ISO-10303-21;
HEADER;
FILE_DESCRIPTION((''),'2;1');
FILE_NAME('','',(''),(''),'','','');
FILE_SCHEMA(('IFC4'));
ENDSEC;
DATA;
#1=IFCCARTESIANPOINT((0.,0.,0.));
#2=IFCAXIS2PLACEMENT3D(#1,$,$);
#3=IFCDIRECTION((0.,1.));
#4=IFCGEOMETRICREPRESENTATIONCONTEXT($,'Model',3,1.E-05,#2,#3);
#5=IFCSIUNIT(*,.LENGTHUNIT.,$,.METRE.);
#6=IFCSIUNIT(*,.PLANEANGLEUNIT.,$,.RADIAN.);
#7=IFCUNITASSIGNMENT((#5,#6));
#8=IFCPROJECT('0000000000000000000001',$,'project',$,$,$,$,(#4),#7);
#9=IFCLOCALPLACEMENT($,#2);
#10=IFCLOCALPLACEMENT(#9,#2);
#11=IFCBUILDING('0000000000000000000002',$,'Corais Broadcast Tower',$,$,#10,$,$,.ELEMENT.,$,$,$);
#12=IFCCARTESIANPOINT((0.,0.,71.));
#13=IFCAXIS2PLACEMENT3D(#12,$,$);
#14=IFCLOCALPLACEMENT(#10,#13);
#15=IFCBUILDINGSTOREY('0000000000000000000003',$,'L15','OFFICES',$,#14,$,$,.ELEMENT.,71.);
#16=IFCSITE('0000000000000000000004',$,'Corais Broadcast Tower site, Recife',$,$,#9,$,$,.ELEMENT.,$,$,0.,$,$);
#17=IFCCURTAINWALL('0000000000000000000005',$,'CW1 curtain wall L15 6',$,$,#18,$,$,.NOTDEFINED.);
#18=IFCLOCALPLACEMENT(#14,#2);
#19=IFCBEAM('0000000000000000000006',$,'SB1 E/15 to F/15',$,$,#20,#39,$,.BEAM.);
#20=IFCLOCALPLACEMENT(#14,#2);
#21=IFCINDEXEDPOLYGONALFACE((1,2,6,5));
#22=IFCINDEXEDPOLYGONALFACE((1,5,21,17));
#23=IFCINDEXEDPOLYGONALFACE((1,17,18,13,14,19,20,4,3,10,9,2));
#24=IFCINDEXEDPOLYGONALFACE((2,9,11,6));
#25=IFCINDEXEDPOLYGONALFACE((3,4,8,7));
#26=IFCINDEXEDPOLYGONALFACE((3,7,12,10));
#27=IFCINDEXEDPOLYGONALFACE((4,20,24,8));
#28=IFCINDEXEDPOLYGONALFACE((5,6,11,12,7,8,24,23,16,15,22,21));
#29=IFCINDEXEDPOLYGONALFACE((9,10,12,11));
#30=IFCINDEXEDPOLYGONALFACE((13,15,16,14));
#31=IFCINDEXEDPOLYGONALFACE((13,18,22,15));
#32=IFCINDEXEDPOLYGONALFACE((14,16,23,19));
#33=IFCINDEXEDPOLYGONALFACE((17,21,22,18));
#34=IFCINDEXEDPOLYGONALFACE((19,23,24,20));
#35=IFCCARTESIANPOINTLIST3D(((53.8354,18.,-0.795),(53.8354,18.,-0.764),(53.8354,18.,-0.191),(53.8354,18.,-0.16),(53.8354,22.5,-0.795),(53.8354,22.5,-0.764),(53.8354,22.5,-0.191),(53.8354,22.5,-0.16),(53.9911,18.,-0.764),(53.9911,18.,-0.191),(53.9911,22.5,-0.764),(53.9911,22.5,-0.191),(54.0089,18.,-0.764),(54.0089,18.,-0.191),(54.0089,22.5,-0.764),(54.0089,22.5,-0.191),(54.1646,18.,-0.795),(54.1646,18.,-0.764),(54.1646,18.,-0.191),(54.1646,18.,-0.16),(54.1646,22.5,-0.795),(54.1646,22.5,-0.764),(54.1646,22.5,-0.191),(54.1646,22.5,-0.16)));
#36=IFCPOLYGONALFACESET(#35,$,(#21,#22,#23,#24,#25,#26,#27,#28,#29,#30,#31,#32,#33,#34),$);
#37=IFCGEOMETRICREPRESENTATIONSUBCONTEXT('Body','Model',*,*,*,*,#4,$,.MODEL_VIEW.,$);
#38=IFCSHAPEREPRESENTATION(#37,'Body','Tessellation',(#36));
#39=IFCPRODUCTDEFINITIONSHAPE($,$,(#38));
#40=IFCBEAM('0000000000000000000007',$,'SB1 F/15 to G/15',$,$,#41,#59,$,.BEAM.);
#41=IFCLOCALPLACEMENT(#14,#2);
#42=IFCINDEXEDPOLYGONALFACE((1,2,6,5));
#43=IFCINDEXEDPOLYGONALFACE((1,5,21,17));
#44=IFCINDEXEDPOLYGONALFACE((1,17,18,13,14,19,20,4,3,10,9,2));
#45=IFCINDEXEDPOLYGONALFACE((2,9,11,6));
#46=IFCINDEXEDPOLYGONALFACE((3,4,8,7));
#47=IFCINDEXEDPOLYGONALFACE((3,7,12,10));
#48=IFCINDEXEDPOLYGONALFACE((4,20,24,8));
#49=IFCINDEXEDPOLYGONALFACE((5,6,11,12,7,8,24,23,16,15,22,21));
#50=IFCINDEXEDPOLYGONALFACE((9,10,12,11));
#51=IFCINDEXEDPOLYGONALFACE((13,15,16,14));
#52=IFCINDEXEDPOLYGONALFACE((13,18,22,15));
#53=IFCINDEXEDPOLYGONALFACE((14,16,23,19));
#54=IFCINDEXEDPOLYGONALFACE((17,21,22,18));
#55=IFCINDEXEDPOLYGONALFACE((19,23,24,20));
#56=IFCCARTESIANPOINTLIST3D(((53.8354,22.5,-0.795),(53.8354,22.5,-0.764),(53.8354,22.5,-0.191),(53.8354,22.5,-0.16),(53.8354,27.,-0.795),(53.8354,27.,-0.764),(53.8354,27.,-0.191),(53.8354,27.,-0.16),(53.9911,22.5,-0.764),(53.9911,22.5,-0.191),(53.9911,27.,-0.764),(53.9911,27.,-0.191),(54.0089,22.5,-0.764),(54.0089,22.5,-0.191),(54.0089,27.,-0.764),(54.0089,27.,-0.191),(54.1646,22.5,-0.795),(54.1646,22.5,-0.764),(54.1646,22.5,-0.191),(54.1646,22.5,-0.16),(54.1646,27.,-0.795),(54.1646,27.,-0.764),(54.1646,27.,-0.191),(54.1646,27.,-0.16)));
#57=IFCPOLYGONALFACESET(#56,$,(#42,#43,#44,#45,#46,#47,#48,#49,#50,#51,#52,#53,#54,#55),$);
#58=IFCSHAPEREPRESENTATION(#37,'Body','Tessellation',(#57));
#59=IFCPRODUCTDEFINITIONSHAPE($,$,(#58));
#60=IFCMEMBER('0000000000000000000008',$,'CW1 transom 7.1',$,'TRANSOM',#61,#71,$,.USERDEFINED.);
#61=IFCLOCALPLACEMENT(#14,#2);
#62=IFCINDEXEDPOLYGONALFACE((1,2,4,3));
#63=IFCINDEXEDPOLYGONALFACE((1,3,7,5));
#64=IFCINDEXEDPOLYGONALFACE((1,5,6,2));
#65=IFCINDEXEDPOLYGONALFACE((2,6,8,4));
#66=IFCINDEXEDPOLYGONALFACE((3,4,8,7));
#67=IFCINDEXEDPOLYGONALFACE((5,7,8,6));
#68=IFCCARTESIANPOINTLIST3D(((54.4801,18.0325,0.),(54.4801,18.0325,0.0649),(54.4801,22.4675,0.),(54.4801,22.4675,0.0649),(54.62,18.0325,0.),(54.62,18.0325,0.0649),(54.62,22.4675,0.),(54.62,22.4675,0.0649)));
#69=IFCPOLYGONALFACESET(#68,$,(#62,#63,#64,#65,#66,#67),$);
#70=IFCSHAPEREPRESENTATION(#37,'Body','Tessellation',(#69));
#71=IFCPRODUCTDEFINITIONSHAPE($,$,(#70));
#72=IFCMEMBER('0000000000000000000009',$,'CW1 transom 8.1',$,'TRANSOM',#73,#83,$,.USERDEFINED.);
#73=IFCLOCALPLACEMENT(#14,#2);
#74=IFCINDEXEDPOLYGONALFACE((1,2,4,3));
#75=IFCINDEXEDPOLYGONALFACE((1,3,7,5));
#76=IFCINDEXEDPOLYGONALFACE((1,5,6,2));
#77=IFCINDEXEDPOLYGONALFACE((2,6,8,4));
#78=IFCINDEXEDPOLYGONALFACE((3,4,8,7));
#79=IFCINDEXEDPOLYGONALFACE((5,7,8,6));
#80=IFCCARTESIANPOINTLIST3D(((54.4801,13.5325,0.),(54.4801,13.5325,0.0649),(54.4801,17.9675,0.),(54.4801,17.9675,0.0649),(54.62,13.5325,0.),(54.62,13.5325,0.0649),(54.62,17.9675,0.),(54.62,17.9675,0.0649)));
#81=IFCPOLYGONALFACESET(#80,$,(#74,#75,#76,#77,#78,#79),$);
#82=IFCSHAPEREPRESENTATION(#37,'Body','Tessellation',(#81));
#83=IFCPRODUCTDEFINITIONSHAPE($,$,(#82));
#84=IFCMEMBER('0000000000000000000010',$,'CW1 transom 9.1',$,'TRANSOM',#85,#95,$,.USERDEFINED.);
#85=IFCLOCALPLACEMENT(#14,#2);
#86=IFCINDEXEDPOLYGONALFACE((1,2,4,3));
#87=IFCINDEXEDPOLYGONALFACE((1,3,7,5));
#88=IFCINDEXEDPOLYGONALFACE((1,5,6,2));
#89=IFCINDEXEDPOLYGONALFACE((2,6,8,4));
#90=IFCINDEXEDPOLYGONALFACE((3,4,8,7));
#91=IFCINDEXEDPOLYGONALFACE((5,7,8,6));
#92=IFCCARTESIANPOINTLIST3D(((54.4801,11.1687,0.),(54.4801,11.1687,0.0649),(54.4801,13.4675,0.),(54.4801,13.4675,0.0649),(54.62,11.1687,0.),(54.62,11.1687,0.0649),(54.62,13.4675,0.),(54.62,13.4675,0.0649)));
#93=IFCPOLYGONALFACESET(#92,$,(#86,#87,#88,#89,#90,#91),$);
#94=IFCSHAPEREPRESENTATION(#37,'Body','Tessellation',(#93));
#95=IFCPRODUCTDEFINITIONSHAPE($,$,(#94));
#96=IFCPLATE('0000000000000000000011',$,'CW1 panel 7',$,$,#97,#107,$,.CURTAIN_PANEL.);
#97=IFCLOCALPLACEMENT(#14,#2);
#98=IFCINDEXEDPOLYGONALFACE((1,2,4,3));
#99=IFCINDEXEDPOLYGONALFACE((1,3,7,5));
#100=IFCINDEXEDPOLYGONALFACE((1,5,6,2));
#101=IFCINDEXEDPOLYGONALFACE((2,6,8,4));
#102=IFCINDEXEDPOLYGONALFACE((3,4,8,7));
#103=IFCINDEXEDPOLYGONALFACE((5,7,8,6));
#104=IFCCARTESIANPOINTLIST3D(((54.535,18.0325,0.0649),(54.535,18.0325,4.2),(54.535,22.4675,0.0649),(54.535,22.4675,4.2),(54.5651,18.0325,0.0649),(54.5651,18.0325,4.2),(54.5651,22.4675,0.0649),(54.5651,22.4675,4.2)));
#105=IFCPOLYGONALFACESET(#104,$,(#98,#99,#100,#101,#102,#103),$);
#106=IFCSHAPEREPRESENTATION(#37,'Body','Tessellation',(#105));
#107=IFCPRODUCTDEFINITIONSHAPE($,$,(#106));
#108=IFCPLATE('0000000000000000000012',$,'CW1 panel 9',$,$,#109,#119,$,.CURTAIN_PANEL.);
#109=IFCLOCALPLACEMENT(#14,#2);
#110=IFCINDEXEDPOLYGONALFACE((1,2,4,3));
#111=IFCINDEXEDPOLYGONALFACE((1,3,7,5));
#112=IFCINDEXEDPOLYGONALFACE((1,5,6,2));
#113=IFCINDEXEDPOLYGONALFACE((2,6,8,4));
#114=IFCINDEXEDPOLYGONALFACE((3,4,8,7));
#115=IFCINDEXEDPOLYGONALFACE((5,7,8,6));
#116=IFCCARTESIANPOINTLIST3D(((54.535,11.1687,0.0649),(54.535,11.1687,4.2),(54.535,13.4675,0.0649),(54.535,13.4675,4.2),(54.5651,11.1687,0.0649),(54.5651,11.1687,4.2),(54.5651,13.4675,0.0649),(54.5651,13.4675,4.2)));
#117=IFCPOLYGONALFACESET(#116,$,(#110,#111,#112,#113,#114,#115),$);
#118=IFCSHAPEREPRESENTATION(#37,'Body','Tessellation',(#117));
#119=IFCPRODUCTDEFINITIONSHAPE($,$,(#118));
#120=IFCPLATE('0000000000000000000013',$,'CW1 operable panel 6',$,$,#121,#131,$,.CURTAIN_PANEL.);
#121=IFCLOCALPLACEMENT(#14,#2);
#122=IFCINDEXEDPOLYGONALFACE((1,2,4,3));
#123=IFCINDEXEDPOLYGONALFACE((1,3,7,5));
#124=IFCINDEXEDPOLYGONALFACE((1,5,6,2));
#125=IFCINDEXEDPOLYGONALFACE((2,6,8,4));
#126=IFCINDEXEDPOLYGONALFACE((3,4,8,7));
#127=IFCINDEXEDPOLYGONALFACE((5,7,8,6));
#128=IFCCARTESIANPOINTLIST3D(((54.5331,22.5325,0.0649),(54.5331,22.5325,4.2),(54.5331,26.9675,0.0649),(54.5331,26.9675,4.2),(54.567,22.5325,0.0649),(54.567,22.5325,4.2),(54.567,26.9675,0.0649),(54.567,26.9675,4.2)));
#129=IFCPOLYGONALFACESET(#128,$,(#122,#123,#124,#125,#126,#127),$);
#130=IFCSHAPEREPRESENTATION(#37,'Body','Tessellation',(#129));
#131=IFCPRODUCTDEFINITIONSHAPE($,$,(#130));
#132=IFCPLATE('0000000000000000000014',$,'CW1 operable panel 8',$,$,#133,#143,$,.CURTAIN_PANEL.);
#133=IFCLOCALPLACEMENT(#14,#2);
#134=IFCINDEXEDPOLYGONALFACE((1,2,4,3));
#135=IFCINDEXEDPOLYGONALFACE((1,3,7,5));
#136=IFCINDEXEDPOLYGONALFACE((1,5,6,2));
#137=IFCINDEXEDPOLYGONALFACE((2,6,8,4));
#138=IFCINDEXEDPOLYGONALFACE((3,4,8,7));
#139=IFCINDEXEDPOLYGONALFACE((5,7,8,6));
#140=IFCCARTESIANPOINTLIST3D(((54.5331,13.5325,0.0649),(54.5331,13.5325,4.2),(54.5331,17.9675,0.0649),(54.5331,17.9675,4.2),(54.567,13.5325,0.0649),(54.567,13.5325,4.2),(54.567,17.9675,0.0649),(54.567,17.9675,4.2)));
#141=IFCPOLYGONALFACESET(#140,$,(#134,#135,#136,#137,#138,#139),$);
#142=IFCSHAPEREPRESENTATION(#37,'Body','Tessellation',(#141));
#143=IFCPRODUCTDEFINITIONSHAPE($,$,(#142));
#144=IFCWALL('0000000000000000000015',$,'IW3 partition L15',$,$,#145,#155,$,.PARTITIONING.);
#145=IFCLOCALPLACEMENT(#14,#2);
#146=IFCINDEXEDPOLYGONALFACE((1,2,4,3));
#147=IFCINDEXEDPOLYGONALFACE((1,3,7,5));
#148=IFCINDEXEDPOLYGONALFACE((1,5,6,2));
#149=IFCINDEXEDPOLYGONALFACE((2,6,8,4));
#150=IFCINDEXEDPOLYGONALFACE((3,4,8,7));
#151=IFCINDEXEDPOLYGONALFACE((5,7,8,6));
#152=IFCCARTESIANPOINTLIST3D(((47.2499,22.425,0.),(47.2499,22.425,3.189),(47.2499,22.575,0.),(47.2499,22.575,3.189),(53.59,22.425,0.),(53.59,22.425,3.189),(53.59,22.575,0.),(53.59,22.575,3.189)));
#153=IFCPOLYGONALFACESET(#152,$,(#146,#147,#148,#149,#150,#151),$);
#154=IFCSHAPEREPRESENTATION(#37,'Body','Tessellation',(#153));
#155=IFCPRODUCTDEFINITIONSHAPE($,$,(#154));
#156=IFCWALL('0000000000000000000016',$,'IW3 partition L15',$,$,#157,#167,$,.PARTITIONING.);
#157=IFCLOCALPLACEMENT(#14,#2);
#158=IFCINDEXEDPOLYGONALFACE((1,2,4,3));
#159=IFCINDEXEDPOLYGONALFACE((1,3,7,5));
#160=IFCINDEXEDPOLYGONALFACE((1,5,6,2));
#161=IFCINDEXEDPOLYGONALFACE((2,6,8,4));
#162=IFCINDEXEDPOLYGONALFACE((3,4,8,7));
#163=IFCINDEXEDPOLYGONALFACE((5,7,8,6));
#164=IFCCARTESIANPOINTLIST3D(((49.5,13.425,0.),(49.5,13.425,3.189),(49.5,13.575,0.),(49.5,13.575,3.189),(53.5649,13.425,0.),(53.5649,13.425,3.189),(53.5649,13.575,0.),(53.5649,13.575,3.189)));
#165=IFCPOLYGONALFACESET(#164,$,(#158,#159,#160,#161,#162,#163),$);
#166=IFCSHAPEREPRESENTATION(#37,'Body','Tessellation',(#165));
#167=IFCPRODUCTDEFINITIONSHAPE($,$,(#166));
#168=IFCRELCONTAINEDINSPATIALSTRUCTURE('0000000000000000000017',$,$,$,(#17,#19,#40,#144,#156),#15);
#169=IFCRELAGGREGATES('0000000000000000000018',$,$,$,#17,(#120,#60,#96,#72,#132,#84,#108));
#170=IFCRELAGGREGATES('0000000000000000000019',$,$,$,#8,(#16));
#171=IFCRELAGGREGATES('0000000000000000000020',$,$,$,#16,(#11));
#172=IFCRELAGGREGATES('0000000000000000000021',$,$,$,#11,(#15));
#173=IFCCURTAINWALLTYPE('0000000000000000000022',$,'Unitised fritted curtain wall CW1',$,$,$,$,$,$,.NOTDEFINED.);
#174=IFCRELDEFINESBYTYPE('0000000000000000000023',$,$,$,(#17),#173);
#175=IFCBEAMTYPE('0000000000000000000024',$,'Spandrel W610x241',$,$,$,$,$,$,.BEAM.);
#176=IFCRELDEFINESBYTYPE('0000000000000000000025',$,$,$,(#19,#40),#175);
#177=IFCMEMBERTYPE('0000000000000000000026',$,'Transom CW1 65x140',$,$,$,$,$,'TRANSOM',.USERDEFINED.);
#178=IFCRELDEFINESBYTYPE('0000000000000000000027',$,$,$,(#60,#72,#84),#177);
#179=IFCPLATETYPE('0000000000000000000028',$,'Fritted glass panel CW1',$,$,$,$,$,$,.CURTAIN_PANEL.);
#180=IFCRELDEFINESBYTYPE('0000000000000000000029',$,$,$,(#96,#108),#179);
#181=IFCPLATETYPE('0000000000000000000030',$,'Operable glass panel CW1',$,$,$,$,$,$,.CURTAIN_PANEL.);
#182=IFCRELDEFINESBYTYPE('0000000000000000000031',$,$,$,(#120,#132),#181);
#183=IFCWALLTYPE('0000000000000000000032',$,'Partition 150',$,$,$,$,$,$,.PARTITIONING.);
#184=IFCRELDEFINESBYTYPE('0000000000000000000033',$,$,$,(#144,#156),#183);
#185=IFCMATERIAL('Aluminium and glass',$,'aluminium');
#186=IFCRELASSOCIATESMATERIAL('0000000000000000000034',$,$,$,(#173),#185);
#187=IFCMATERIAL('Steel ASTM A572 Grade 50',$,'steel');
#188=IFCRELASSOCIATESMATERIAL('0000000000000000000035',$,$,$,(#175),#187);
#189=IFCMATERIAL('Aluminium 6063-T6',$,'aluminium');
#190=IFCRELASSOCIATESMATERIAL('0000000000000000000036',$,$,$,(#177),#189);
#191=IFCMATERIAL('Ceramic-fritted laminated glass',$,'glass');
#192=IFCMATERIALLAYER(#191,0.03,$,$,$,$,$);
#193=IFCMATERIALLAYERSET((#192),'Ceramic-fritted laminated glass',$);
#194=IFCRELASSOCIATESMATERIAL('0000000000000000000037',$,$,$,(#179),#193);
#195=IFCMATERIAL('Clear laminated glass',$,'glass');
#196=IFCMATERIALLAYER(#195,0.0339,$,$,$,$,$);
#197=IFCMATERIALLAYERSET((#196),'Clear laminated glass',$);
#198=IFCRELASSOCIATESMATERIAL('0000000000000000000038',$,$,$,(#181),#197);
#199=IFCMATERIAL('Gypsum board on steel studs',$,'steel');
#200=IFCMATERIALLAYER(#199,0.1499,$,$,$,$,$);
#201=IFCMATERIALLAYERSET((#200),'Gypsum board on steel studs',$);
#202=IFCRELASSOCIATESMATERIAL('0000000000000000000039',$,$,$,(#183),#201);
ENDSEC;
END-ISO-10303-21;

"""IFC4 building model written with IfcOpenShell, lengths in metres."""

from ifc_helpers import new_model, si_unit, direction, frame, frame_2d, origin, origin_2d, place, context, subcontext, project, spatial, rectangle, i_section, extrude, material, layer, layer_set, material_profile, profile_set, type_object, element, aggregate, save


model = new_model("IFC4")

# Units and contexts
model_context = context("Model", 3, precision=1e-05, world=origin(), true_north=direction((0.0, 1.0)))
body_context = subcontext(model_context, "Body", "Model", "MODEL_VIEW")
ifc_project = project(units=[si_unit("LENGTHUNIT", "METRE"), si_unit("PLANEANGLEUNIT", "RADIAN")], contexts=[model_context])

# Site, building, storey
site_placement = place(None, origin())
site = spatial("IfcSite", under=ifc_project, at=site_placement, Name="Corais Broadcast Tower site, Recife", CompositionType="ELEMENT", RefElevation=0.0)
building_placement = place(site_placement, origin())
building = spatial("IfcBuilding", under=site, at=building_placement, Name="Corais Broadcast Tower", CompositionType="ELEMENT")
storey_placement = place(building_placement, frame((0.0, 0.0, 71.0)))
storey = spatial("IfcBuildingStorey", under=building, at=storey_placement, Name="L15", Description="OFFICES", CompositionType="ELEMENT", Elevation=71.0)

# Curtain wall
ifc_material_1 = material(Name="Aluminium and glass", Category="aluminium")
curtain_wall_type = type_object("IfcCurtainWallType", Name="Unitised fritted curtain wall CW1", PredefinedType="NOTDEFINED", material=ifc_material_1)
curtain_wall_placement = place(storey_placement, origin())
curtain_wall = element("IfcCurtainWall", 1, at=curtain_wall_placement, inside=storey, type_object=curtain_wall_type, Name="CW1 curtain wall L15 6", PredefinedType="NOTDEFINED")

# Beams
ifc_material_2 = material(Name="Steel ASTM A572 Grade 50", Category="steel")
ifc_material_profile_1 = material_profile(ifc_material_2, i_section(OverallWidth=0.3291, OverallDepth=0.635, WebThickness=0.0178, FlangeThickness=0.031, at=origin_2d()), Name="W610x241")
ifc_profile_set_1 = profile_set([ifc_material_profile_1], Name="Steel ASTM A572 Grade 50")
beam_type_1 = type_object("IfcBeamType", Name="Spandrel W610x241", PredefinedType="BEAM", material=ifc_profile_set_1)
for number, where, z_axis, x_axis, name in (
    (2, (54.0, 18.0, -0.4775), (0.0, 1.0, 0.0), (-1.0, 0.0, 0.0), "SB1 E/15 to F/15"),
    (3, (54.0, 22.5, -0.4775), (0.0, 1.0, 0.0), (-1.0, 0.0, 0.0), "SB1 F/15 to G/15"),
):
    element("IfcBeam", number, at=place(storey_placement, frame(where, z_axis=z_axis, x_axis=x_axis)), inside=storey, type_object=beam_type_1, Name=name, PredefinedType="BEAM", context=body_context, shape_type="SweptSolid", body=[
        extrude(i_section(OverallWidth=0.3291, OverallDepth=0.635, WebThickness=0.0178, FlangeThickness=0.031, at=origin_2d()), origin(), (0.0, 0.0, 1.0), 4.5),
    ])

# Members
ifc_material_3 = material(Name="Aluminium 6063-T6", Category="aluminium")
ifc_material_profile_2 = material_profile(ifc_material_3, rectangle(XDim=0.1399, YDim=0.0649, at=origin_2d()), Name="Transom CW1 65x140")
ifc_profile_set_2 = profile_set([ifc_material_profile_2], Name="Aluminium 6063-T6")
member_type_1 = type_object("IfcMemberType", Name="Transom CW1 65x140", ElementType="TRANSOM", PredefinedType="USERDEFINED", material=ifc_profile_set_2)
member_1_placement = place(storey_placement, frame((54.55, 22.4675, 0.0325), z_axis=(0.0, -1.0, 0.0), x_axis=(1.0, 0.0, 0.0)))
member_1 = element("IfcMember", 4, at=member_1_placement, type_object=member_type_1, Name="CW1 transom 7.1", ObjectType="TRANSOM", PredefinedType="USERDEFINED", context=body_context, shape_type="SweptSolid", body=[
    extrude(rectangle(XDim=0.1399, YDim=0.0649, at=origin_2d()), origin(), (0.0, 0.0, 1.0), 4.4351),
])
member_2_placement = place(storey_placement, frame((54.55, 17.9675, 0.0325), z_axis=(0.0, -1.0, 0.0), x_axis=(1.0, 0.0, 0.0)))
member_2 = element("IfcMember", 5, at=member_2_placement, type_object=member_type_1, Name="CW1 transom 8.1", ObjectType="TRANSOM", PredefinedType="USERDEFINED", context=body_context, shape_type="SweptSolid", body=[
    extrude(rectangle(XDim=0.1399, YDim=0.0649, at=origin_2d()), origin(), (0.0, 0.0, 1.0), 4.4351),
])
member_3_placement = place(storey_placement, frame((54.55, 13.4675, 0.0325), z_axis=(0.0, -1.0, 0.0), x_axis=(1.0, 0.0, 0.0)))
member_3 = element("IfcMember", 6, at=member_3_placement, type_object=member_type_1, Name="CW1 transom 9.1", ObjectType="TRANSOM", PredefinedType="USERDEFINED", context=body_context, shape_type="SweptSolid", body=[
    extrude(rectangle(XDim=0.1399, YDim=0.0649, at=origin_2d()), origin(), (0.0, 0.0, 1.0), 2.2988),
])

# Plates
ifc_material_4 = material(Name="Ceramic-fritted laminated glass", Category="glass")
ifc_layer_1 = layer(ifc_material_4, 0.03)
ifc_layer_set_1 = layer_set([ifc_layer_1], Name="Ceramic-fritted laminated glass")
plate_type_1 = type_object("IfcPlateType", Name="Fritted glass panel CW1", PredefinedType="CURTAIN_PANEL", material=ifc_layer_set_1)
plate_1_placement = place(storey_placement, frame((54.55, 20.25, 0.0649), z_axis=(0.0, 0.0, 1.0), x_axis=(0.0, -1.0, 0.0)))
plate_1 = element("IfcPlate", 7, at=plate_1_placement, type_object=plate_type_1, Name="CW1 panel 7", PredefinedType="CURTAIN_PANEL", context=body_context, shape_type="SweptSolid", body=[
    extrude(rectangle(XDim=4.4351, YDim=0.03, at=origin_2d()), origin(), (0.0, 0.0, 1.0), 4.135),
])
plate_2_placement = place(storey_placement, frame((54.55, 12.3181, 0.0649), z_axis=(0.0, 0.0, 1.0), x_axis=(0.0, -1.0, 0.0)))
plate_2 = element("IfcPlate", 8, at=plate_2_placement, type_object=plate_type_1, Name="CW1 panel 9", PredefinedType="CURTAIN_PANEL", context=body_context, shape_type="SweptSolid", body=[
    extrude(rectangle(XDim=2.2988, YDim=0.03, at=origin_2d()), origin(), (0.0, 0.0, 1.0), 4.135),
])
ifc_material_5 = material(Name="Clear laminated glass", Category="glass")
ifc_layer_2 = layer(ifc_material_5, 0.0339)
ifc_layer_set_2 = layer_set([ifc_layer_2], Name="Clear laminated glass")
plate_type_2 = type_object("IfcPlateType", Name="Operable glass panel CW1", PredefinedType="CURTAIN_PANEL", material=ifc_layer_set_2)
plate_3_placement = place(storey_placement, frame((54.55, 24.75, 0.0649), z_axis=(0.0, 0.0, 1.0), x_axis=(0.0, -1.0, 0.0)))
plate_3 = element("IfcPlate", 9, at=plate_3_placement, type_object=plate_type_2, Name="CW1 operable panel 6", PredefinedType="CURTAIN_PANEL", context=body_context, shape_type="SweptSolid", body=[
    extrude(rectangle(XDim=4.4351, YDim=0.0339, at=origin_2d()), origin(), (0.0, 0.0, 1.0), 4.135),
])
plate_4_placement = place(storey_placement, frame((54.55, 15.75, 0.0649), z_axis=(0.0, 0.0, 1.0), x_axis=(0.0, -1.0, 0.0)))
plate_4 = element("IfcPlate", 10, at=plate_4_placement, type_object=plate_type_2, Name="CW1 operable panel 8", PredefinedType="CURTAIN_PANEL", context=body_context, shape_type="SweptSolid", body=[
    extrude(rectangle(XDim=4.4351, YDim=0.0339, at=origin_2d()), origin(), (0.0, 0.0, 1.0), 4.135),
])
aggregate(curtain_wall, [plate_3, member_1, plate_1, member_2, plate_4, member_3, plate_2])

# Walls
ifc_material_6 = material(Name="Gypsum board on steel studs", Category="steel")
ifc_layer_3 = layer(ifc_material_6, 0.1499)
ifc_layer_set_3 = layer_set([ifc_layer_3], Name="Gypsum board on steel studs")
wall_type = type_object("IfcWallType", Name="Partition 150", PredefinedType="PARTITIONING", material=ifc_layer_set_3)
wall_1_placement = place(storey_placement, frame((47.25, 22.5, 0.0), z_axis=(0.0, 0.0, 1.0), x_axis=(1.0, 0.0, 0.0)))
element("IfcWall", 11, at=wall_1_placement, inside=storey, type_object=wall_type, Name="IW3 partition L15", PredefinedType="PARTITIONING", context=body_context, shape_type="SweptSolid", body=[
    extrude(rectangle(XDim=6.3401, YDim=0.1499, at=frame_2d((3.1699, 0.0))), origin(), (0.0, 0.0, 1.0), 3.189),
])
wall_2_placement = place(storey_placement, frame((53.5649, 13.5, 0.0), z_axis=(0.0, 0.0, 1.0), x_axis=(-1.0, 0.0, 0.0)))
element("IfcWall", 12, at=wall_2_placement, inside=storey, type_object=wall_type, Name="IW3 partition L15", PredefinedType="PARTITIONING", context=body_context, shape_type="SweptSolid", body=[
    extrude(rectangle(XDim=4.0649, YDim=0.1499, at=frame_2d((2.0325, 0.0))), origin(), (0.0, 0.0, 1.0), 3.189),
])

save(model, "model.ifc")
